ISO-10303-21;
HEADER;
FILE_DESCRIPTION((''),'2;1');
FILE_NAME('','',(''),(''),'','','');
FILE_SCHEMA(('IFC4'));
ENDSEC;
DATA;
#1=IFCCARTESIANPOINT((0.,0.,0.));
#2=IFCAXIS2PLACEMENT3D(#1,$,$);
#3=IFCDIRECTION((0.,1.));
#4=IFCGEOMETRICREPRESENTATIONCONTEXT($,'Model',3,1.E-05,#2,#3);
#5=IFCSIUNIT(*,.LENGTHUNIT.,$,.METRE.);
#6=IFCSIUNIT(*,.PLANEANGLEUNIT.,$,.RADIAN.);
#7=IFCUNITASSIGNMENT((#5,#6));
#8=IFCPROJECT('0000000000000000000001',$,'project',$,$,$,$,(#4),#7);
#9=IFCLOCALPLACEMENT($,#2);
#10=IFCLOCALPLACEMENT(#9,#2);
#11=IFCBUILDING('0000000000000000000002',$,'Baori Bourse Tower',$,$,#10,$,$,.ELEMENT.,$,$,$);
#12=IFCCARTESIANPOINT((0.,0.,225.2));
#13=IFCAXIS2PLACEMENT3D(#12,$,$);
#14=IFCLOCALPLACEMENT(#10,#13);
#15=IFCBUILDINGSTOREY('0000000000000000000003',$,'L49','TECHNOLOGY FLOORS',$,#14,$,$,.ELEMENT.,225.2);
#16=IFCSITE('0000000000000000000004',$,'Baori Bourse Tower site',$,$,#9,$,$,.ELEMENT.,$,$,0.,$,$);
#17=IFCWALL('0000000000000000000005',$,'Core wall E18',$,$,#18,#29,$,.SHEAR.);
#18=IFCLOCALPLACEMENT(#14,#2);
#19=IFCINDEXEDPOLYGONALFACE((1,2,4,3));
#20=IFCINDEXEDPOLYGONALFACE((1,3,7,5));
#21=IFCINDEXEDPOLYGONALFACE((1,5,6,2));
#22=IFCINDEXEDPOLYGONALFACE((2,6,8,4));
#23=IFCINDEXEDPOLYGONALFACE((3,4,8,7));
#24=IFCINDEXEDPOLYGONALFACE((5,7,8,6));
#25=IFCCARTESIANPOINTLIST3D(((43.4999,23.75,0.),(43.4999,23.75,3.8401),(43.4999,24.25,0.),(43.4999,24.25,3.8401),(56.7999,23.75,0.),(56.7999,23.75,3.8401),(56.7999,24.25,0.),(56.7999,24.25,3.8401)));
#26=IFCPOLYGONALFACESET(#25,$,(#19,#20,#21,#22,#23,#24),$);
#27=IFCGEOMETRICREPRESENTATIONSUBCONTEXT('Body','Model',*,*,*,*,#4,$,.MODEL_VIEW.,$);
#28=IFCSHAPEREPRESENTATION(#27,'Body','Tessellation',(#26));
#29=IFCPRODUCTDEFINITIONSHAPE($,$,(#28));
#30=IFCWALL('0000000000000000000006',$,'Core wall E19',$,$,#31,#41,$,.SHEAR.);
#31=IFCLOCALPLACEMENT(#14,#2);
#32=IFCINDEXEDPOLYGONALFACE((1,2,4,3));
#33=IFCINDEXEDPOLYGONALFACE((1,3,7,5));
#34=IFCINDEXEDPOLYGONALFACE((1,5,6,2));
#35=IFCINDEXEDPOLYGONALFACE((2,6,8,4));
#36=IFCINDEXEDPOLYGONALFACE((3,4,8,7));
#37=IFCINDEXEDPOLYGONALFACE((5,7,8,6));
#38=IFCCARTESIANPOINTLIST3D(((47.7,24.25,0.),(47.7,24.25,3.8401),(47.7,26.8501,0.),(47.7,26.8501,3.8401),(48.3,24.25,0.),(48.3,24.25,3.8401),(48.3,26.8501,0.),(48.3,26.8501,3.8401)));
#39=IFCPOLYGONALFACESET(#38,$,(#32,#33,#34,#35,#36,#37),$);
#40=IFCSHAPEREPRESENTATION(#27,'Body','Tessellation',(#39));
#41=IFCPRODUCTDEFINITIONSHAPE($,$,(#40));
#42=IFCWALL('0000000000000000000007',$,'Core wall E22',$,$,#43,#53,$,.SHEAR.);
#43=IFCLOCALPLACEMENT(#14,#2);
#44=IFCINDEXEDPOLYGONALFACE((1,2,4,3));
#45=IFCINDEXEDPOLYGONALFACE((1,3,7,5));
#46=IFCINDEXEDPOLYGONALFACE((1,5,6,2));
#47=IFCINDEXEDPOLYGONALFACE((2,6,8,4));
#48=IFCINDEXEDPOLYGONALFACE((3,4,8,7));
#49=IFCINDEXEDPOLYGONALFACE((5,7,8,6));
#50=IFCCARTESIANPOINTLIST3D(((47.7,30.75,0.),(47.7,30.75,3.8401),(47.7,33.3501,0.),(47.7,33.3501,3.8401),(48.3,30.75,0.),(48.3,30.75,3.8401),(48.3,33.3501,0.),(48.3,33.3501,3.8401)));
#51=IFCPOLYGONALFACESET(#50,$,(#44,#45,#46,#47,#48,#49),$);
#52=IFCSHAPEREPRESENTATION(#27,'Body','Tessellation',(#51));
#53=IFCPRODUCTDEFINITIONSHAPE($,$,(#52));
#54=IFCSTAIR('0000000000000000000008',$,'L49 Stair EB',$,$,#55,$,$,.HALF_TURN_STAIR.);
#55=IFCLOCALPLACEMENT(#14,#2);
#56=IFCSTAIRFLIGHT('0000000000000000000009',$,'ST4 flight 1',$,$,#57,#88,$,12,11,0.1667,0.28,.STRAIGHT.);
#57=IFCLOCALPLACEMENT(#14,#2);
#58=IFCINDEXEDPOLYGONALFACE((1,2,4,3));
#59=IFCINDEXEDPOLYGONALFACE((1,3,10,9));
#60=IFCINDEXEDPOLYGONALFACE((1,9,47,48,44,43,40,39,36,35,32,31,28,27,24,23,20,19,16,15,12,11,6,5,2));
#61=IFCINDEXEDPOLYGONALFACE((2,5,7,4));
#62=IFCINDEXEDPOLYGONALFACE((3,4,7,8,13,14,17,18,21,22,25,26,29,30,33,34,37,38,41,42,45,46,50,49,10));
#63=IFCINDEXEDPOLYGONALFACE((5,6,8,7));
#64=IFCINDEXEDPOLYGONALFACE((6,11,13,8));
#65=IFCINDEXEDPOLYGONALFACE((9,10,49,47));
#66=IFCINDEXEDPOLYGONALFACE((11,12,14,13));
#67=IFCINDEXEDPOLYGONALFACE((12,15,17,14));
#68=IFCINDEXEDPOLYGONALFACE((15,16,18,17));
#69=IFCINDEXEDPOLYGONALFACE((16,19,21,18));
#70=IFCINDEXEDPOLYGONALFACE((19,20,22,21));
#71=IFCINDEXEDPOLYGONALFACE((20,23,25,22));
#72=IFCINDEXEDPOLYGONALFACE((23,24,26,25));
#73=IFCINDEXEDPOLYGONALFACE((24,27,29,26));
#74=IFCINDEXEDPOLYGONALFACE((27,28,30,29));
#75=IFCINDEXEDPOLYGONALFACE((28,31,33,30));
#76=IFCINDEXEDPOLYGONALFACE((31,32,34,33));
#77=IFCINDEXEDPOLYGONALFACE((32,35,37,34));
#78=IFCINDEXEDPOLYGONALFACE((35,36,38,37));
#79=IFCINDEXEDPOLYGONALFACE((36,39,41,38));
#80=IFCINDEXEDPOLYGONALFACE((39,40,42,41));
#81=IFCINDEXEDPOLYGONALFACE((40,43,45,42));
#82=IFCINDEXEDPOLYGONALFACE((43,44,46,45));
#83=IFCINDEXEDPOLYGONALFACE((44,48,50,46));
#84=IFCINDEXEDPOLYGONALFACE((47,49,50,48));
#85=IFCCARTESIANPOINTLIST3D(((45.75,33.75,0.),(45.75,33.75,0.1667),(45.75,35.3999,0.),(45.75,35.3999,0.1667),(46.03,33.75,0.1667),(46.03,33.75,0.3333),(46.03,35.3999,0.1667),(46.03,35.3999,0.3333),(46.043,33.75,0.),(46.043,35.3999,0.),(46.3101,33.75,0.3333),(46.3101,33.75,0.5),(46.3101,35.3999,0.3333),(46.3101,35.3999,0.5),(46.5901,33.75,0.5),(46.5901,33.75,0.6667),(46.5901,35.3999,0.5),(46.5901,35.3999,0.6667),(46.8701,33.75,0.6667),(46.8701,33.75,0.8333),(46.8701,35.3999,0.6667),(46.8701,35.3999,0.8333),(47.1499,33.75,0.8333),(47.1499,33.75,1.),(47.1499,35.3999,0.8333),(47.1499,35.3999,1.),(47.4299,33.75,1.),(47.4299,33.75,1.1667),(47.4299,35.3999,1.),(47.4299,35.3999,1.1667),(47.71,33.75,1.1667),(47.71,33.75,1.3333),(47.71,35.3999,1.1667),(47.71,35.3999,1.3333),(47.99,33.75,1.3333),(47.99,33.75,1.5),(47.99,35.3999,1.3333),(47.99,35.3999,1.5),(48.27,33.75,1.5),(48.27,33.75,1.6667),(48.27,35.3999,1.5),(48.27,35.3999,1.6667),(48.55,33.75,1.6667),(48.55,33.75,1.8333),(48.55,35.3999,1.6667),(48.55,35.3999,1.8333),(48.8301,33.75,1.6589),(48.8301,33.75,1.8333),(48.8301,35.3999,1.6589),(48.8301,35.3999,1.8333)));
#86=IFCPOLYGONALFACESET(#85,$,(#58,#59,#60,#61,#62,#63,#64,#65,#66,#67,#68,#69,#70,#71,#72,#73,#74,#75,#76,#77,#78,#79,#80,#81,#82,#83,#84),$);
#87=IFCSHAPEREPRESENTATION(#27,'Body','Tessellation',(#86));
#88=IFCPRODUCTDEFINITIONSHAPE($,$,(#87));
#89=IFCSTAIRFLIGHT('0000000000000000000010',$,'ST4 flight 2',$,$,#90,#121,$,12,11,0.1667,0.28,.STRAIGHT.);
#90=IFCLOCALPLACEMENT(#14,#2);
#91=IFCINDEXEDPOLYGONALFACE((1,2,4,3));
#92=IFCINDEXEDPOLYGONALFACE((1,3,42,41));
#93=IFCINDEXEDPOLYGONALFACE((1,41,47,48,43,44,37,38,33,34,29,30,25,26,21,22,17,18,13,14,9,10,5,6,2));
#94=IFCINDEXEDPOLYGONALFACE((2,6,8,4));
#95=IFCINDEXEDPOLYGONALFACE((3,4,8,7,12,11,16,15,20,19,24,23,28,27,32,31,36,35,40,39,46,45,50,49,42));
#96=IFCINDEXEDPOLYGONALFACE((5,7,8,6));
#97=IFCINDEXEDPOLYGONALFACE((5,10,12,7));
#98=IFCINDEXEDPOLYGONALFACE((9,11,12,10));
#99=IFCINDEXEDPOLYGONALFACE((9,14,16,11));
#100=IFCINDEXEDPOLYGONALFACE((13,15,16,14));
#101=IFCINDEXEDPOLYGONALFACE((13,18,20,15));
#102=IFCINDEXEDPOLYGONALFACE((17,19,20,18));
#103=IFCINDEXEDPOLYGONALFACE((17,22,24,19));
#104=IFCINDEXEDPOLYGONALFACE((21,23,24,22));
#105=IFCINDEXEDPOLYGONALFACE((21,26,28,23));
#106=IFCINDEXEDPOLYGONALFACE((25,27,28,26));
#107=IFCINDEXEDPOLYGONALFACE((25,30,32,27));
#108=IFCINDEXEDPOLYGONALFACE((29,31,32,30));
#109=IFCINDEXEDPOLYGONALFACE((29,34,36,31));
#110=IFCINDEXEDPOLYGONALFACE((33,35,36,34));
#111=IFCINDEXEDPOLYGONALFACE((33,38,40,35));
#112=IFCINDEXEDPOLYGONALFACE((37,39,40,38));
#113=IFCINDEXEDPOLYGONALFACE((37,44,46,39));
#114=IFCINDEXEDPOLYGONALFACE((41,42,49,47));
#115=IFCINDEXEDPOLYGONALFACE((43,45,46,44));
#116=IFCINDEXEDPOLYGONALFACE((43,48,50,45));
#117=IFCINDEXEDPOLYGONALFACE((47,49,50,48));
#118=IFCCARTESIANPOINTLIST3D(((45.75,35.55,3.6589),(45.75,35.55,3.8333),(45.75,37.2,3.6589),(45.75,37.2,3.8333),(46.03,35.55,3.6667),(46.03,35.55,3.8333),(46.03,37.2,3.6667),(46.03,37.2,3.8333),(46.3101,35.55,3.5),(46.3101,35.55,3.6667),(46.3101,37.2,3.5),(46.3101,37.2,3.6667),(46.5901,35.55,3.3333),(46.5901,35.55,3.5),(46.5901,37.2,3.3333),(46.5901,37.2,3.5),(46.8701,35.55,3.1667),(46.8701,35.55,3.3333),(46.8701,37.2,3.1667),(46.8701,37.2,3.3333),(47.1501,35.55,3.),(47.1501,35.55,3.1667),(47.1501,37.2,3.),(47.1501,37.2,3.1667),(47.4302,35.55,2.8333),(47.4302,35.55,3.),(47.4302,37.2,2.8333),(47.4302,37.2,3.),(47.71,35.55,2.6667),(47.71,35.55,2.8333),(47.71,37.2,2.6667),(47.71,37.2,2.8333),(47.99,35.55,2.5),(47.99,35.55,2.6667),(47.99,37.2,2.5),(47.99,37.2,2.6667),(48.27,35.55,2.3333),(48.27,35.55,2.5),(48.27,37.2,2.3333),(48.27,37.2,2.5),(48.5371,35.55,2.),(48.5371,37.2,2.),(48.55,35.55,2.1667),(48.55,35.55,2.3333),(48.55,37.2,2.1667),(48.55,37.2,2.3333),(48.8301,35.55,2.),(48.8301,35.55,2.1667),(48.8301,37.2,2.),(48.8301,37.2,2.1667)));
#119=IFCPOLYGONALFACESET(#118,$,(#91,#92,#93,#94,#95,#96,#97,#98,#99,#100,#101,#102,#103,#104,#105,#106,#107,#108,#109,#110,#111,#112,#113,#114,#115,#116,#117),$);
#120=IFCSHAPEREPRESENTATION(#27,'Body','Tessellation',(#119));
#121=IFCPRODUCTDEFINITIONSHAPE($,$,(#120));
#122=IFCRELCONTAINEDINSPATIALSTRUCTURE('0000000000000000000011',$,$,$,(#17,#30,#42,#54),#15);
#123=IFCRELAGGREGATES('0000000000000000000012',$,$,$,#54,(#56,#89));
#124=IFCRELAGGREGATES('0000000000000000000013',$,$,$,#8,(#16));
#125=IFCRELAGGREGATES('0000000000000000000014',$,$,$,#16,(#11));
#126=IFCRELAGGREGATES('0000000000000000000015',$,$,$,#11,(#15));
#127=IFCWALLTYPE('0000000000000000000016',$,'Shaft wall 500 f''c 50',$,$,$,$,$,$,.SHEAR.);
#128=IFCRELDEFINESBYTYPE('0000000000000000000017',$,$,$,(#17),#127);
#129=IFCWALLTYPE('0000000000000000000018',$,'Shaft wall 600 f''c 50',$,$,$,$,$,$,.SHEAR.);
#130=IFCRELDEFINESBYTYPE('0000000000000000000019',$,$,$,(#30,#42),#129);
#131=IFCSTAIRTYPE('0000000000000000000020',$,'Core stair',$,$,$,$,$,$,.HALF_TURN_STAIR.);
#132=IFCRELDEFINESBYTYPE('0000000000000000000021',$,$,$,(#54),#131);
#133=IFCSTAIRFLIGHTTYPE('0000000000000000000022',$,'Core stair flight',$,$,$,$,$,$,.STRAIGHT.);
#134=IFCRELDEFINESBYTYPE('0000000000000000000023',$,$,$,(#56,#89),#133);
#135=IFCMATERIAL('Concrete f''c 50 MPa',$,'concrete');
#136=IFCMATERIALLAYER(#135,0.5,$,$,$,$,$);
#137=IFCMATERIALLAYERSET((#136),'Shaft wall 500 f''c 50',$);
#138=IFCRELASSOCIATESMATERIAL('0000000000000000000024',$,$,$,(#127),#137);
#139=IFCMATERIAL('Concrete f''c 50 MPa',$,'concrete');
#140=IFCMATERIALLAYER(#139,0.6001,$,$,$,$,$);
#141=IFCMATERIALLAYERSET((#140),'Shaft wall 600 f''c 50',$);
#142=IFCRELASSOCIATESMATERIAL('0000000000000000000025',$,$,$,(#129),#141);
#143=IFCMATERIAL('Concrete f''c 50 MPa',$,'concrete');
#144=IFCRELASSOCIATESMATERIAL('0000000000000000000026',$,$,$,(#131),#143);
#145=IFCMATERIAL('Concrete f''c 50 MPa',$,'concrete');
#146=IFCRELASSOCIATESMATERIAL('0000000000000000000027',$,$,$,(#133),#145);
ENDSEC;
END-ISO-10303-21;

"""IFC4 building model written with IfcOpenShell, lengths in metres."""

from ifc_helpers import new_model, si_unit, direction, frame, frame_2d, origin, place, context, subcontext, project, spatial, polyline, rectangle, outline, extrude, material, layer, layer_set, type_object, element, aggregate, save


model = new_model("IFC4")

# Units and contexts
model_context = context("Model", 3, precision=1e-05, world=origin(), true_north=direction((0.0, 1.0)))
body_context = subcontext(model_context, "Body", "Model", "MODEL_VIEW")
ifc_project = project(units=[si_unit("LENGTHUNIT", "METRE"), si_unit("PLANEANGLEUNIT", "RADIAN")], contexts=[model_context])

# Site, building, storey
site_placement = place(None, origin())
site = spatial("IfcSite", under=ifc_project, at=site_placement, Name="Baori Bourse Tower site", CompositionType="ELEMENT", RefElevation=0.0)
building_placement = place(site_placement, origin())
building = spatial("IfcBuilding", under=site, at=building_placement, Name="Baori Bourse Tower", CompositionType="ELEMENT")
storey_placement = place(building_placement, frame((0.0, 0.0, 225.2)))
storey = spatial("IfcBuildingStorey", under=building, at=storey_placement, Name="L49", Description="TECHNOLOGY FLOORS", CompositionType="ELEMENT", Elevation=225.2)

# Walls
ifc_material_1 = material(Name="Concrete f'c 50 MPa", Category="concrete")
ifc_layer_1 = layer(ifc_material_1, 0.5)
ifc_layer_set_1 = layer_set([ifc_layer_1], Name="Shaft wall 500 f'c 50")
wall_type_1 = type_object("IfcWallType", Name="Shaft wall 500 f'c 50", PredefinedType="SHEAR", material=ifc_layer_set_1)
wall_1_placement = place(storey_placement, frame((43.5, 24.0, 0.0), z_axis=(0.0, 0.0, 1.0), x_axis=(1.0, 0.0, 0.0)))
element("IfcWall", 1, at=wall_1_placement, inside=storey, type_object=wall_type_1, Name="Core wall E18", PredefinedType="SHEAR", context=body_context, shape_type="SweptSolid", body=[
    extrude(rectangle(XDim=13.3, YDim=0.5, at=frame_2d((6.6499, 0.0))), origin(), (0.0, 0.0, 1.0), 3.8401),
])
ifc_material_2 = material(Name="Concrete f'c 50 MPa", Category="concrete")
ifc_layer_2 = layer(ifc_material_2, 0.6001)
ifc_layer_set_2 = layer_set([ifc_layer_2], Name="Shaft wall 600 f'c 50")
wall_type_2 = type_object("IfcWallType", Name="Shaft wall 600 f'c 50", PredefinedType="SHEAR", material=ifc_layer_set_2)
for number, where, z_axis, x_axis, name in (
    (2, (48.0, 24.25, 0.0), (0.0, 0.0, 1.0), (0.0, 1.0, 0.0), "Core wall E19"),
    (3, (48.0, 30.75, 0.0), (0.0, 0.0, 1.0), (0.0, 1.0, 0.0), "Core wall E22"),
):
    element("IfcWall", number, at=place(storey_placement, frame(where, z_axis=z_axis, x_axis=x_axis)), inside=storey, type_object=wall_type_2, Name=name, PredefinedType="SHEAR", context=body_context, shape_type="SweptSolid", body=[
        extrude(rectangle(XDim=2.6001, YDim=0.6001, at=frame_2d((1.3, 0.0))), origin(), (0.0, 0.0, 1.0), 3.8401),
    ])

# Stair, stair flights
ifc_material_3 = material(Name="Concrete f'c 50 MPa", Category="concrete")
stair_type = type_object("IfcStairType", Name="Core stair", PredefinedType="HALF_TURN_STAIR", material=ifc_material_3)
stair_placement = place(storey_placement, origin())
stair = element("IfcStair", 4, at=stair_placement, inside=storey, type_object=stair_type, Name="L49 Stair EB", PredefinedType="HALF_TURN_STAIR")
ifc_material_4 = material(Name="Concrete f'c 50 MPa", Category="concrete")
stair_flight_type = type_object("IfcStairFlightType", Name="Core stair flight", PredefinedType="STRAIGHT", material=ifc_material_4)
stair_flight_1_placement = place(storey_placement, frame((45.75, 34.575, 0.0), z_axis=(0.0, 0.0, 1.0), x_axis=(1.0, 0.0, 0.0)))
stair_flight_1 = element("IfcStairFlight", 5, at=stair_flight_1_placement, type_object=stair_flight_type, Name="ST4 flight 1", NumberOfRisers=12, NumberOfTreads=11, PredefinedType="STRAIGHT", RiserHeight=0.1667, TreadLength=0.28, context=body_context, shape_type="SweptSolid", body=[
    extrude(outline(polyline([(0.0, 0.0), (0.0, 0.1667), (0.28, 0.1667), (0.28, 0.3333), (0.5601, 0.3333), (0.5601, 0.5), (0.8401, 0.5), (0.8401, 0.6667), (1.1201, 0.6667), (1.1201, 0.8333), (1.3999, 0.8333), (1.3999, 1.0), (1.6799, 1.0), (1.6799, 1.1667), (1.96, 1.1667), (1.96, 1.3333), (2.24, 1.3333), (2.24, 1.5), (2.52, 1.5), (2.52, 1.6667), (2.8, 1.6667), (2.8, 1.8333), (3.0801, 1.8333), (3.0801, 2.0), (3.0801, 1.6589), (0.293, 0.0), (0.0, 0.0)])), frame((0.0, 0.825, 0.0), z_axis=(0.0, -1.0, 0.0), x_axis=(1.0, 0.0, 0.0)), (0.0, 0.0, 1.0), 1.6499),
])
stair_flight_2_placement = place(storey_placement, frame((48.8301, 36.375, 2.0), z_axis=(0.0, 0.0, 1.0), x_axis=(-1.0, 0.0, 0.0)))
stair_flight_2 = element("IfcStairFlight", 6, at=stair_flight_2_placement, type_object=stair_flight_type, Name="ST4 flight 2", NumberOfRisers=12, NumberOfTreads=11, PredefinedType="STRAIGHT", RiserHeight=0.1667, TreadLength=0.28, context=body_context, shape_type="SweptSolid", body=[
    extrude(outline(polyline([(0.0, 0.0), (0.0, 0.1667), (0.28, 0.1667), (0.28, 0.3333), (0.5601, 0.3333), (0.5601, 0.5), (0.8401, 0.5), (0.8401, 0.6667), (1.1201, 0.6667), (1.1201, 0.8333), (1.3999, 0.8333), (1.3999, 1.0), (1.6799, 1.0), (1.6799, 1.1667), (1.96, 1.1667), (1.96, 1.3333), (2.24, 1.3333), (2.24, 1.5), (2.52, 1.5), (2.52, 1.6667), (2.8, 1.6667), (2.8, 1.8333), (3.0801, 1.8333), (3.0801, 2.0), (3.0801, 1.6589), (0.293, 0.0), (0.0, 0.0)])), frame((0.0, 0.825, 0.0), z_axis=(0.0, -1.0, 0.0), x_axis=(1.0, 0.0, 0.0)), (0.0, 0.0, 1.0), 1.6499),
])
aggregate(stair, [stair_flight_1, stair_flight_2])

save(model, "model.ifc")
